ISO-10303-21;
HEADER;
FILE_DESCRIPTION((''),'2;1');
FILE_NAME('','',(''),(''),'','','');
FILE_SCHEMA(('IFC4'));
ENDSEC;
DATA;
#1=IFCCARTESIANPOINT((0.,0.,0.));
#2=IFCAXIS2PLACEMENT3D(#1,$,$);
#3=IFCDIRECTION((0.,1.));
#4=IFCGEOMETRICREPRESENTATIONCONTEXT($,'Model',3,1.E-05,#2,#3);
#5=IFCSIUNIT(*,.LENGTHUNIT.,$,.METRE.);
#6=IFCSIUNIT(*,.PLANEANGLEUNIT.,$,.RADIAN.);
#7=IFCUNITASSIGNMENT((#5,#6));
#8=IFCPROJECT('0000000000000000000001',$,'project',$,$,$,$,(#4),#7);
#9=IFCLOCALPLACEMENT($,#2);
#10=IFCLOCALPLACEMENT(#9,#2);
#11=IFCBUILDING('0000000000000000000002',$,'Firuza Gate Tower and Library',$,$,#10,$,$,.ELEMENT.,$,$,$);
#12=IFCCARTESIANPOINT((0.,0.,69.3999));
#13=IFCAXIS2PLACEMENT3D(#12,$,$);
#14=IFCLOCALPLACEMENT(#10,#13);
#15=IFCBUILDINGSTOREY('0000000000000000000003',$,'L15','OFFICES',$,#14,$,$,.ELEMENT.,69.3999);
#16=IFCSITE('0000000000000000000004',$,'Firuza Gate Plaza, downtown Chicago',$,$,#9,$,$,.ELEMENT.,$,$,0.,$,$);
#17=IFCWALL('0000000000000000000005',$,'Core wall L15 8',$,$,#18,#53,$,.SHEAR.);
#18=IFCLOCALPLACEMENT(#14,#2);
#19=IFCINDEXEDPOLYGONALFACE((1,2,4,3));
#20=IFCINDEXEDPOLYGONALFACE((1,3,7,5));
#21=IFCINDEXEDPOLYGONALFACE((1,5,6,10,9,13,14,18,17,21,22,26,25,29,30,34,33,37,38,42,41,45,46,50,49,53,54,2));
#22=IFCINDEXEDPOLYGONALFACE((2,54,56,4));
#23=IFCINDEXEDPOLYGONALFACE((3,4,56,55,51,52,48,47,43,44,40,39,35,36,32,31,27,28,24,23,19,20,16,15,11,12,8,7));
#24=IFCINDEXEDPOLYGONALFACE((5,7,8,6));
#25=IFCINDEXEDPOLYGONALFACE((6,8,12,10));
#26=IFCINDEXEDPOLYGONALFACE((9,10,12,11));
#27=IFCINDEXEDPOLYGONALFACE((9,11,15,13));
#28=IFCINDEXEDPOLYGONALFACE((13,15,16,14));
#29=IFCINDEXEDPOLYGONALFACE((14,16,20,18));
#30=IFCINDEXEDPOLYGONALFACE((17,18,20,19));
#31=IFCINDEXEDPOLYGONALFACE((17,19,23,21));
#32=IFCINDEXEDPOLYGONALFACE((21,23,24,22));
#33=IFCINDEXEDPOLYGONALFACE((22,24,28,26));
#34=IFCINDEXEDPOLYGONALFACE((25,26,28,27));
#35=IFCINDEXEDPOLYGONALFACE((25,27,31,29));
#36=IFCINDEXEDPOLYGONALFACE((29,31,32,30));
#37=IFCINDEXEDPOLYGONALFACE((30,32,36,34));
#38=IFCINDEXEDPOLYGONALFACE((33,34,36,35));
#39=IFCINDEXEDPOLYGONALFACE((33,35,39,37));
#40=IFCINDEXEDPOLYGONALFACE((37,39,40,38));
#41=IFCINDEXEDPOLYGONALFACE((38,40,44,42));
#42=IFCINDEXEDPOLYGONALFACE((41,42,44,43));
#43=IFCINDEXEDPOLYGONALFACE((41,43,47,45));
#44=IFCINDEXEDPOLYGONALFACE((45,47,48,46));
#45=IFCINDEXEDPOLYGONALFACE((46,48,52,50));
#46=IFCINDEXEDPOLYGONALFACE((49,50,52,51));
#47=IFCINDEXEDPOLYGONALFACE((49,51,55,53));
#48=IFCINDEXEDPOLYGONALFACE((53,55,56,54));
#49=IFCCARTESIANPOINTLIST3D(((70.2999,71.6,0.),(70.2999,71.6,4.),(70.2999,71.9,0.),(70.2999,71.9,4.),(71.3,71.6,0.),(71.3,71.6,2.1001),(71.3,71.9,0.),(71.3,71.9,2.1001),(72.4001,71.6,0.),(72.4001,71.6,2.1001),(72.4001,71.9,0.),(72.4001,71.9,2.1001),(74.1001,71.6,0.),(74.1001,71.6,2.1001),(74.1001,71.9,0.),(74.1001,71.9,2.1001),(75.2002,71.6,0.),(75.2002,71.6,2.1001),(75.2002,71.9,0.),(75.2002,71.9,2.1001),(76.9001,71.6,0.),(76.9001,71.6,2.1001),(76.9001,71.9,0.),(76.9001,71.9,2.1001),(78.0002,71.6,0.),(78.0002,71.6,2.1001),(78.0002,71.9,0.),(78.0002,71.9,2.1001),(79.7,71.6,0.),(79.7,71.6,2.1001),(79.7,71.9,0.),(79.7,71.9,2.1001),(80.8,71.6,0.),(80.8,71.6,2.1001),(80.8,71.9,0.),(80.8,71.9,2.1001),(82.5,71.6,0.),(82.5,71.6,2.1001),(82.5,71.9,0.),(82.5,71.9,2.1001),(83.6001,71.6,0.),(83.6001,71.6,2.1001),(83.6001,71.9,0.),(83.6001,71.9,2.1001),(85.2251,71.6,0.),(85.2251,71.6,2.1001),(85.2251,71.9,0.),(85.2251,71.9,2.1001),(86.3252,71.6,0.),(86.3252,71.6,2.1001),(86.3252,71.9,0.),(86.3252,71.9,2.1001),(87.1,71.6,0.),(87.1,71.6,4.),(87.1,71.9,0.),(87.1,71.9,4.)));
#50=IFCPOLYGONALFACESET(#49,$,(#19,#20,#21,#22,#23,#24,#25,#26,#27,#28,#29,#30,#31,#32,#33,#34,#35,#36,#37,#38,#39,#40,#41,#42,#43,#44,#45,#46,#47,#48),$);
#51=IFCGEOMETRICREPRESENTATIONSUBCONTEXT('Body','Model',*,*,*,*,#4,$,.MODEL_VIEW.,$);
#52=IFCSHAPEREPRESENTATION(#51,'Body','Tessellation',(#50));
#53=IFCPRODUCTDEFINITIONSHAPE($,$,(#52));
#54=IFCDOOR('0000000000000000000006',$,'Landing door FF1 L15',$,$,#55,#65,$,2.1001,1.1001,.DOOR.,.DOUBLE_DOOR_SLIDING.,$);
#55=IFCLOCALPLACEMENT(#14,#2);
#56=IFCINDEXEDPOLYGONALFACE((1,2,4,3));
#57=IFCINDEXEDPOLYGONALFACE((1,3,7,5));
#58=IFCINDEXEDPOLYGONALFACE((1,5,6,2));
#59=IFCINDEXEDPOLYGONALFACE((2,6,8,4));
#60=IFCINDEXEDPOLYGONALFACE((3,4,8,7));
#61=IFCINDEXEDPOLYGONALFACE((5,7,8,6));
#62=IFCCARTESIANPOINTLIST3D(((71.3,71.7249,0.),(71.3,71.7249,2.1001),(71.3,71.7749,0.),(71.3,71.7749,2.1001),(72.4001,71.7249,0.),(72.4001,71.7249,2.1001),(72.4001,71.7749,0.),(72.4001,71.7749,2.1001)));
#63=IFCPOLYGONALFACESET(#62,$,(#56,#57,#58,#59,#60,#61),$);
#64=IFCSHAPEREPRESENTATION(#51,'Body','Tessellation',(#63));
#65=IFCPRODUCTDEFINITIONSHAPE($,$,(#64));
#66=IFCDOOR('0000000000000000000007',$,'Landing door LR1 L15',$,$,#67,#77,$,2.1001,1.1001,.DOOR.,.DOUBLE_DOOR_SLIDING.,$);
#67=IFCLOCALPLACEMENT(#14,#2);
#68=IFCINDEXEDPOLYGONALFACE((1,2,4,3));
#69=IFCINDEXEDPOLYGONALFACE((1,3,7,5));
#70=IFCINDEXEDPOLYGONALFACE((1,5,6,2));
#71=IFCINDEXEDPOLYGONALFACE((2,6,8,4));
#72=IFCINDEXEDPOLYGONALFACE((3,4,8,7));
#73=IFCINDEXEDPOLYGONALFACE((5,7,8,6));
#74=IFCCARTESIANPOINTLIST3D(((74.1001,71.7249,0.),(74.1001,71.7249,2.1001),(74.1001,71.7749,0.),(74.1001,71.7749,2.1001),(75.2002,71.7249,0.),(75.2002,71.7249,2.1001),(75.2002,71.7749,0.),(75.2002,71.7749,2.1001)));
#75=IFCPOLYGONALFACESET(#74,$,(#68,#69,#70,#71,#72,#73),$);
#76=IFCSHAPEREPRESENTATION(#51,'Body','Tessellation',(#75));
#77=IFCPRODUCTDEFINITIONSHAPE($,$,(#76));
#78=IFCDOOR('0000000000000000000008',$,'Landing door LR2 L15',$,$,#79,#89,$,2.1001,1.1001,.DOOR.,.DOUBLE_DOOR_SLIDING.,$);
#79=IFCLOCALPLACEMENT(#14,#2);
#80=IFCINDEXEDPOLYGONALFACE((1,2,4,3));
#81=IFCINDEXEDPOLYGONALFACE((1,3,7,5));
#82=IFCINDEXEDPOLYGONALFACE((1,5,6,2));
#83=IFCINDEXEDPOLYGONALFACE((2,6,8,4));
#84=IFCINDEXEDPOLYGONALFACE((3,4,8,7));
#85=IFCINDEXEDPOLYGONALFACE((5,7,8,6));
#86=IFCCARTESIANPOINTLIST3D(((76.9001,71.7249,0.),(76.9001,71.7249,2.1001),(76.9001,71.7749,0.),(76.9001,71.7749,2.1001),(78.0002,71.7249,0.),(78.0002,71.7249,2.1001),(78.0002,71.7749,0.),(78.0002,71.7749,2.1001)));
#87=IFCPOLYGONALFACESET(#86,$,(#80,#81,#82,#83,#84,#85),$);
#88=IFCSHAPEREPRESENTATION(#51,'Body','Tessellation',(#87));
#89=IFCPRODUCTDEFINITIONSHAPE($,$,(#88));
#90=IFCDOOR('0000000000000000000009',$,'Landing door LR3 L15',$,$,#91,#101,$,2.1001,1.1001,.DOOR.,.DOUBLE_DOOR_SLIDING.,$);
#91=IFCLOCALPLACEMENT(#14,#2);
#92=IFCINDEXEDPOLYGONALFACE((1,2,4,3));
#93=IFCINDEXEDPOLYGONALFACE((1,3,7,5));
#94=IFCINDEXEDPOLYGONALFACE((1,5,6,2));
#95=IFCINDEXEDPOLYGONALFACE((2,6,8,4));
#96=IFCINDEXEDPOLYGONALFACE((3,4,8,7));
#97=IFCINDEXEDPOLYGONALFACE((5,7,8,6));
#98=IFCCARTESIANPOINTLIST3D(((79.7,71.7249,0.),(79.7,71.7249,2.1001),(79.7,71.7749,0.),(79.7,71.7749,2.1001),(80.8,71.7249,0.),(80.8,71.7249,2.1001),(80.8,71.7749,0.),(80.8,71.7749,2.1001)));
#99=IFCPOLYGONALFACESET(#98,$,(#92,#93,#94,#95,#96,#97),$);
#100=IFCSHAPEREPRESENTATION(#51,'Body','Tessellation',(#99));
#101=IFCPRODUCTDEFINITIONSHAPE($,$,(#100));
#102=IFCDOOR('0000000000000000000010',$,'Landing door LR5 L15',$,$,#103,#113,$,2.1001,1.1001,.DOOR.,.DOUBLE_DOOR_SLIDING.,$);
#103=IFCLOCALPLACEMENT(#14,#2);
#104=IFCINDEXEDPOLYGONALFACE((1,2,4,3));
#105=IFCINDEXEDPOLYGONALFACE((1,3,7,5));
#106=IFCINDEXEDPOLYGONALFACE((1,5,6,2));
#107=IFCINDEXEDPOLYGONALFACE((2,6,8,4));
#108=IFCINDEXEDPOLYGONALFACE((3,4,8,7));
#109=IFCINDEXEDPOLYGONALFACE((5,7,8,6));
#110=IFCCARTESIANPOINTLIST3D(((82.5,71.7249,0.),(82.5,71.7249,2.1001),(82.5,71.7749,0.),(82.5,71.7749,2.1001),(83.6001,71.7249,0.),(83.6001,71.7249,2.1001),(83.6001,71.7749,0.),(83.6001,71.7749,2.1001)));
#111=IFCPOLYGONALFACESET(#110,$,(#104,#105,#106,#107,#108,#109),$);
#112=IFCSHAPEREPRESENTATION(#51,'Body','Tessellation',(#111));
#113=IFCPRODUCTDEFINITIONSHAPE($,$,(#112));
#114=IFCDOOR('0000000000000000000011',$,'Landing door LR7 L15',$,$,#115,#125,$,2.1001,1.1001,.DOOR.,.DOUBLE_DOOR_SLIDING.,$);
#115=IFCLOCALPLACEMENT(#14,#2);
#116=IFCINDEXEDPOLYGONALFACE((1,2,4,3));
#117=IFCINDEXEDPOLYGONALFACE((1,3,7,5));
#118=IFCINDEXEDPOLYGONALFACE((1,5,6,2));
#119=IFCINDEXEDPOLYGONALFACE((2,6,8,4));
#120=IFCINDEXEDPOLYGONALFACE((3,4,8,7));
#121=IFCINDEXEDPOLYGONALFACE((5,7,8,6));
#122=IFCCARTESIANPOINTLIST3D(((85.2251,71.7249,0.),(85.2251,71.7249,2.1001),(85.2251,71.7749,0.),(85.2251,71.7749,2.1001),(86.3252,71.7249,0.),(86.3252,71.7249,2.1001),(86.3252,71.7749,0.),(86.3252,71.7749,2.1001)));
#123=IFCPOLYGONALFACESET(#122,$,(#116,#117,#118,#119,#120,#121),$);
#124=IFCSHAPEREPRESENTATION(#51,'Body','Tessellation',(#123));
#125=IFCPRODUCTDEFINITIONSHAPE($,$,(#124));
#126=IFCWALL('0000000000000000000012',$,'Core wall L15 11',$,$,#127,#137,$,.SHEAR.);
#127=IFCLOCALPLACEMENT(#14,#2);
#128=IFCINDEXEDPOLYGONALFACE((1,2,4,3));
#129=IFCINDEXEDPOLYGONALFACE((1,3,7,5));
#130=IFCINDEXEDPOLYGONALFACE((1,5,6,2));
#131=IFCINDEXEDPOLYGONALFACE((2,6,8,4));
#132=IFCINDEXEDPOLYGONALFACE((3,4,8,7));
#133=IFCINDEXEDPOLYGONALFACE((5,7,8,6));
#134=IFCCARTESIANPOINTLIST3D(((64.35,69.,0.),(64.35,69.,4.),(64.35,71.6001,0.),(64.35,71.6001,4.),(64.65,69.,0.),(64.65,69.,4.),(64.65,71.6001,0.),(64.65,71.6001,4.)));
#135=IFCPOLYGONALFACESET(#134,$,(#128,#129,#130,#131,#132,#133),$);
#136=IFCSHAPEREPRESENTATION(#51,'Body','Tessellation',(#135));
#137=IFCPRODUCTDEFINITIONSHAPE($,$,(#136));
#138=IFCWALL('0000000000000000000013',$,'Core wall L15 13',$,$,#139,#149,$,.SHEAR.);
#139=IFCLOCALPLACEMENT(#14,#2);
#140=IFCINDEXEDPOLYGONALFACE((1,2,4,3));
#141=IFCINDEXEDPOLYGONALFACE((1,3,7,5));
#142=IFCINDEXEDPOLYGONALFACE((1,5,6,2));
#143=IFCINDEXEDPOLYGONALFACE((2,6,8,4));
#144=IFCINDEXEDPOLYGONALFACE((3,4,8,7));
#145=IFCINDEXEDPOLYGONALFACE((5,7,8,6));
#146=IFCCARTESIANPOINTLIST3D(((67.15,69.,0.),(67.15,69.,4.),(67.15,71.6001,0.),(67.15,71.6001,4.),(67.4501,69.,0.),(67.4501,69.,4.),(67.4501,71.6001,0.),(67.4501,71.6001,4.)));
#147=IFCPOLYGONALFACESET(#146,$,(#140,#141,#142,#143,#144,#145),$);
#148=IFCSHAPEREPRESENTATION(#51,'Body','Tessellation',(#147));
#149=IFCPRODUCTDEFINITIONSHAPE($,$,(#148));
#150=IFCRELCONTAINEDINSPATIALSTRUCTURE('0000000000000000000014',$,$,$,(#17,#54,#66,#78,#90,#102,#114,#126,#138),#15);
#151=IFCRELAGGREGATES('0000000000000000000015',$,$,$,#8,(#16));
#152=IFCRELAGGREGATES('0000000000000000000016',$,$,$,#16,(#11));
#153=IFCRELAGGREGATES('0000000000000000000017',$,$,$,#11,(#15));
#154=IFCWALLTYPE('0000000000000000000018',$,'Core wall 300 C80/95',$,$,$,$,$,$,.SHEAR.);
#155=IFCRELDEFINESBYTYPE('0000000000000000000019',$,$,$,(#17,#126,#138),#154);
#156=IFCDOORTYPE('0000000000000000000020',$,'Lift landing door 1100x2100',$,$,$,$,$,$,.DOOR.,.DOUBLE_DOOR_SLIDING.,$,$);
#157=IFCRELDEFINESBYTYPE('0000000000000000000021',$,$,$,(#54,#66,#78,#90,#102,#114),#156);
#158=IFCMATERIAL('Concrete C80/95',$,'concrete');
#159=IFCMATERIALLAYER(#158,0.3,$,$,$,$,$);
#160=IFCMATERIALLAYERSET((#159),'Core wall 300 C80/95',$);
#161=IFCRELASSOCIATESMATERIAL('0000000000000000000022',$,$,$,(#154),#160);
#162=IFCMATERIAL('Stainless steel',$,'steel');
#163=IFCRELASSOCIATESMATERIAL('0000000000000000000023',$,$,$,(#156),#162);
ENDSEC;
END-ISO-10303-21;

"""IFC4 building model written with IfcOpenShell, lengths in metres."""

from ifc_helpers import new_model, si_unit, direction, frame, frame_2d, origin, place, context, subcontext, project, spatial, rectangle, extrude, material, layer, layer_set, type_object, element, fill, save


model = new_model("IFC4")

# Units and contexts
model_context = context("Model", 3, precision=1e-05, world=origin(), true_north=direction((0.0, 1.0)))
body_context = subcontext(model_context, "Body", "Model", "MODEL_VIEW")
ifc_project = project(units=[si_unit("LENGTHUNIT", "METRE"), si_unit("PLANEANGLEUNIT", "RADIAN")], contexts=[model_context])

# Site, building, storey
site_placement = place(None, origin())
site = spatial("IfcSite", under=ifc_project, at=site_placement, Name="Firuza Gate Plaza, downtown Chicago", CompositionType="ELEMENT", RefElevation=0.0)
building_placement = place(site_placement, origin())
building = spatial("IfcBuilding", under=site, at=building_placement, Name="Firuza Gate Tower and Library", CompositionType="ELEMENT")
storey_placement = place(building_placement, frame((0.0, 0.0, 69.3999)))
storey = spatial("IfcBuildingStorey", under=building, at=storey_placement, Name="L15", Description="OFFICES", CompositionType="ELEMENT", Elevation=69.3999)

# Shared definitions
ifc_material_1 = material(Name="Concrete C80/95", Category="concrete")
ifc_layer_1 = layer(ifc_material_1, 0.3)
ifc_layer_set_1 = layer_set([ifc_layer_1], Name="Core wall 300 C80/95")
wall_type_1 = type_object("IfcWallType", Name="Core wall 300 C80/95", PredefinedType="SHEAR", material=ifc_layer_set_1)

# Wall, openings, doors
wall_1_placement = place(storey_placement, frame((70.3, 71.75, 0.0), z_axis=(0.0, 0.0, 1.0), x_axis=(1.0, 0.0, 0.0)))
wall_1 = element("IfcWall", 1, at=wall_1_placement, inside=storey, type_object=wall_type_1, Name="Core wall L15 8", PredefinedType="SHEAR", context=body_context, shape_type="SweptSolid", body=[
    extrude(rectangle(XDim=16.8, YDim=0.3, at=frame_2d((8.3999, 0.0))), origin(), (0.0, 0.0, 1.0), 4.0),
])
opening_1_placement = place(wall_1_placement, frame((1.0, 0.0, 0.0)))
opening_1 = element("IfcOpeningElement", 2, at=opening_1_placement, cuts=wall_1, PredefinedType="OPENING", context=body_context, shape_type="SweptSolid", body=[
    extrude(rectangle(XDim=1.1001, YDim=2.1001, at=frame_2d((0.55, 1.05))), frame((0.0, 0.1602, 0.0), z_axis=(0.0, -1.0, 0.0), x_axis=(1.0, 0.0, 0.0)), (0.0, 0.0, 1.0), 0.3201),
])
opening_2_placement = place(wall_1_placement, frame((3.8, 0.0, 0.0)))
opening_2 = element("IfcOpeningElement", 3, at=opening_2_placement, cuts=wall_1, PredefinedType="OPENING", context=body_context, shape_type="SweptSolid", body=[
    extrude(rectangle(XDim=1.1001, YDim=2.1001, at=frame_2d((0.55, 1.05))), frame((0.0, 0.1602, 0.0), z_axis=(0.0, -1.0, 0.0), x_axis=(1.0, 0.0, 0.0)), (0.0, 0.0, 1.0), 0.3201),
])
opening_3_placement = place(wall_1_placement, frame((6.6001, 0.0, 0.0)))
opening_3 = element("IfcOpeningElement", 4, at=opening_3_placement, cuts=wall_1, PredefinedType="OPENING", context=body_context, shape_type="SweptSolid", body=[
    extrude(rectangle(XDim=1.1001, YDim=2.1001, at=frame_2d((0.55, 1.05))), frame((0.0, 0.1602, 0.0), z_axis=(0.0, -1.0, 0.0), x_axis=(1.0, 0.0, 0.0)), (0.0, 0.0, 1.0), 0.3201),
])
opening_4_placement = place(wall_1_placement, frame((9.3999, 0.0, 0.0)))
opening_4 = element("IfcOpeningElement", 5, at=opening_4_placement, cuts=wall_1, PredefinedType="OPENING", context=body_context, shape_type="SweptSolid", body=[
    extrude(rectangle(XDim=1.1001, YDim=2.1001, at=frame_2d((0.55, 1.05))), frame((0.0, 0.1602, 0.0), z_axis=(0.0, -1.0, 0.0), x_axis=(1.0, 0.0, 0.0)), (0.0, 0.0, 1.0), 0.3201),
])
opening_5_placement = place(wall_1_placement, frame((12.2, 0.0, 0.0)))
opening_5 = element("IfcOpeningElement", 6, at=opening_5_placement, cuts=wall_1, PredefinedType="OPENING", context=body_context, shape_type="SweptSolid", body=[
    extrude(rectangle(XDim=1.1001, YDim=2.1001, at=frame_2d((0.55, 1.05))), frame((0.0, 0.1602, 0.0), z_axis=(0.0, -1.0, 0.0), x_axis=(1.0, 0.0, 0.0)), (0.0, 0.0, 1.0), 0.3201),
])
opening_6_placement = place(wall_1_placement, frame((14.925, 0.0, 0.0)))
opening_6 = element("IfcOpeningElement", 7, at=opening_6_placement, cuts=wall_1, PredefinedType="OPENING", context=body_context, shape_type="SweptSolid", body=[
    extrude(rectangle(XDim=1.1001, YDim=2.1001, at=frame_2d((0.55, 1.05))), frame((0.0, 0.1602, 0.0), z_axis=(0.0, -1.0, 0.0), x_axis=(1.0, 0.0, 0.0)), (0.0, 0.0, 1.0), 0.3201),
])
ifc_material_2 = material(Name="Stainless steel", Category="steel")
door_type_1 = type_object("IfcDoorType", Name="Lift landing door 1100x2100", OperationType="DOUBLE_DOOR_SLIDING", PredefinedType="DOOR", material=ifc_material_2)
door_1_placement = place(opening_1_placement, origin())
door_1 = element("IfcDoor", 8, at=door_1_placement, inside=storey, type_object=door_type_1, Name="Landing door FF1 L15", OperationType="DOUBLE_DOOR_SLIDING", OverallHeight=2.1001, OverallWidth=1.1001, PredefinedType="DOOR", context=body_context, shape_type="SweptSolid", body=[
    extrude(rectangle(XDim=1.1001, YDim=2.1001, at=frame_2d((0.55, 1.05))), frame((0.0, 0.0249, 0.0), z_axis=(0.0, -1.0, 0.0), x_axis=(1.0, 0.0, 0.0)), (0.0, 0.0, 1.0), 0.05),
])
fill(opening_1, door_1)
door_2_placement = place(opening_2_placement, origin())
door_2 = element("IfcDoor", 9, at=door_2_placement, inside=storey, type_object=door_type_1, Name="Landing door LR1 L15", OperationType="DOUBLE_DOOR_SLIDING", OverallHeight=2.1001, OverallWidth=1.1001, PredefinedType="DOOR", context=body_context, shape_type="SweptSolid", body=[
    extrude(rectangle(XDim=1.1001, YDim=2.1001, at=frame_2d((0.55, 1.05))), frame((0.0, 0.0249, 0.0), z_axis=(0.0, -1.0, 0.0), x_axis=(1.0, 0.0, 0.0)), (0.0, 0.0, 1.0), 0.05),
])
fill(opening_2, door_2)
door_3_placement = place(opening_3_placement, origin())
door_3 = element("IfcDoor", 10, at=door_3_placement, inside=storey, type_object=door_type_1, Name="Landing door LR2 L15", OperationType="DOUBLE_DOOR_SLIDING", OverallHeight=2.1001, OverallWidth=1.1001, PredefinedType="DOOR", context=body_context, shape_type="SweptSolid", body=[
    extrude(rectangle(XDim=1.1001, YDim=2.1001, at=frame_2d((0.55, 1.05))), frame((0.0, 0.0249, 0.0), z_axis=(0.0, -1.0, 0.0), x_axis=(1.0, 0.0, 0.0)), (0.0, 0.0, 1.0), 0.05),
])
fill(opening_3, door_3)
door_4_placement = place(opening_4_placement, origin())
door_4 = element("IfcDoor", 11, at=door_4_placement, inside=storey, type_object=door_type_1, Name="Landing door LR3 L15", OperationType="DOUBLE_DOOR_SLIDING", OverallHeight=2.1001, OverallWidth=1.1001, PredefinedType="DOOR", context=body_context, shape_type="SweptSolid", body=[
    extrude(rectangle(XDim=1.1001, YDim=2.1001, at=frame_2d((0.55, 1.05))), frame((0.0, 0.0249, 0.0), z_axis=(0.0, -1.0, 0.0), x_axis=(1.0, 0.0, 0.0)), (0.0, 0.0, 1.0), 0.05),
])
fill(opening_4, door_4)
door_5_placement = place(opening_5_placement, origin())
door_5 = element("IfcDoor", 12, at=door_5_placement, inside=storey, type_object=door_type_1, Name="Landing door LR5 L15", OperationType="DOUBLE_DOOR_SLIDING", OverallHeight=2.1001, OverallWidth=1.1001, PredefinedType="DOOR", context=body_context, shape_type="SweptSolid", body=[
    extrude(rectangle(XDim=1.1001, YDim=2.1001, at=frame_2d((0.55, 1.05))), frame((0.0, 0.0249, 0.0), z_axis=(0.0, -1.0, 0.0), x_axis=(1.0, 0.0, 0.0)), (0.0, 0.0, 1.0), 0.05),
])
fill(opening_5, door_5)
door_6_placement = place(opening_6_placement, origin())
door_6 = element("IfcDoor", 13, at=door_6_placement, inside=storey, type_object=door_type_1, Name="Landing door LR7 L15", OperationType="DOUBLE_DOOR_SLIDING", OverallHeight=2.1001, OverallWidth=1.1001, PredefinedType="DOOR", context=body_context, shape_type="SweptSolid", body=[
    extrude(rectangle(XDim=1.1001, YDim=2.1001, at=frame_2d((0.55, 1.05))), frame((0.0, 0.0249, 0.0), z_axis=(0.0, -1.0, 0.0), x_axis=(1.0, 0.0, 0.0)), (0.0, 0.0, 1.0), 0.05),
])
fill(opening_6, door_6)

# Walls
for number, where, z_axis, x_axis, name in (
    (14, (64.5, 69.0, 0.0), (0.0, 0.0, 1.0), (0.0, 1.0, 0.0), "Core wall L15 11"),
    (15, (67.3, 69.0, 0.0), (0.0, 0.0, 1.0), (0.0, 1.0, 0.0), "Core wall L15 13"),
):
    element("IfcWall", number, at=place(storey_placement, frame(where, z_axis=z_axis, x_axis=x_axis)), inside=storey, type_object=wall_type_1, Name=name, PredefinedType="SHEAR", context=body_context, shape_type="SweptSolid", body=[
        extrude(rectangle(XDim=2.6001, YDim=0.3, at=frame_2d((1.3, 0.0))), origin(), (0.0, 0.0, 1.0), 4.0),
    ])

save(model, "model.ifc")
